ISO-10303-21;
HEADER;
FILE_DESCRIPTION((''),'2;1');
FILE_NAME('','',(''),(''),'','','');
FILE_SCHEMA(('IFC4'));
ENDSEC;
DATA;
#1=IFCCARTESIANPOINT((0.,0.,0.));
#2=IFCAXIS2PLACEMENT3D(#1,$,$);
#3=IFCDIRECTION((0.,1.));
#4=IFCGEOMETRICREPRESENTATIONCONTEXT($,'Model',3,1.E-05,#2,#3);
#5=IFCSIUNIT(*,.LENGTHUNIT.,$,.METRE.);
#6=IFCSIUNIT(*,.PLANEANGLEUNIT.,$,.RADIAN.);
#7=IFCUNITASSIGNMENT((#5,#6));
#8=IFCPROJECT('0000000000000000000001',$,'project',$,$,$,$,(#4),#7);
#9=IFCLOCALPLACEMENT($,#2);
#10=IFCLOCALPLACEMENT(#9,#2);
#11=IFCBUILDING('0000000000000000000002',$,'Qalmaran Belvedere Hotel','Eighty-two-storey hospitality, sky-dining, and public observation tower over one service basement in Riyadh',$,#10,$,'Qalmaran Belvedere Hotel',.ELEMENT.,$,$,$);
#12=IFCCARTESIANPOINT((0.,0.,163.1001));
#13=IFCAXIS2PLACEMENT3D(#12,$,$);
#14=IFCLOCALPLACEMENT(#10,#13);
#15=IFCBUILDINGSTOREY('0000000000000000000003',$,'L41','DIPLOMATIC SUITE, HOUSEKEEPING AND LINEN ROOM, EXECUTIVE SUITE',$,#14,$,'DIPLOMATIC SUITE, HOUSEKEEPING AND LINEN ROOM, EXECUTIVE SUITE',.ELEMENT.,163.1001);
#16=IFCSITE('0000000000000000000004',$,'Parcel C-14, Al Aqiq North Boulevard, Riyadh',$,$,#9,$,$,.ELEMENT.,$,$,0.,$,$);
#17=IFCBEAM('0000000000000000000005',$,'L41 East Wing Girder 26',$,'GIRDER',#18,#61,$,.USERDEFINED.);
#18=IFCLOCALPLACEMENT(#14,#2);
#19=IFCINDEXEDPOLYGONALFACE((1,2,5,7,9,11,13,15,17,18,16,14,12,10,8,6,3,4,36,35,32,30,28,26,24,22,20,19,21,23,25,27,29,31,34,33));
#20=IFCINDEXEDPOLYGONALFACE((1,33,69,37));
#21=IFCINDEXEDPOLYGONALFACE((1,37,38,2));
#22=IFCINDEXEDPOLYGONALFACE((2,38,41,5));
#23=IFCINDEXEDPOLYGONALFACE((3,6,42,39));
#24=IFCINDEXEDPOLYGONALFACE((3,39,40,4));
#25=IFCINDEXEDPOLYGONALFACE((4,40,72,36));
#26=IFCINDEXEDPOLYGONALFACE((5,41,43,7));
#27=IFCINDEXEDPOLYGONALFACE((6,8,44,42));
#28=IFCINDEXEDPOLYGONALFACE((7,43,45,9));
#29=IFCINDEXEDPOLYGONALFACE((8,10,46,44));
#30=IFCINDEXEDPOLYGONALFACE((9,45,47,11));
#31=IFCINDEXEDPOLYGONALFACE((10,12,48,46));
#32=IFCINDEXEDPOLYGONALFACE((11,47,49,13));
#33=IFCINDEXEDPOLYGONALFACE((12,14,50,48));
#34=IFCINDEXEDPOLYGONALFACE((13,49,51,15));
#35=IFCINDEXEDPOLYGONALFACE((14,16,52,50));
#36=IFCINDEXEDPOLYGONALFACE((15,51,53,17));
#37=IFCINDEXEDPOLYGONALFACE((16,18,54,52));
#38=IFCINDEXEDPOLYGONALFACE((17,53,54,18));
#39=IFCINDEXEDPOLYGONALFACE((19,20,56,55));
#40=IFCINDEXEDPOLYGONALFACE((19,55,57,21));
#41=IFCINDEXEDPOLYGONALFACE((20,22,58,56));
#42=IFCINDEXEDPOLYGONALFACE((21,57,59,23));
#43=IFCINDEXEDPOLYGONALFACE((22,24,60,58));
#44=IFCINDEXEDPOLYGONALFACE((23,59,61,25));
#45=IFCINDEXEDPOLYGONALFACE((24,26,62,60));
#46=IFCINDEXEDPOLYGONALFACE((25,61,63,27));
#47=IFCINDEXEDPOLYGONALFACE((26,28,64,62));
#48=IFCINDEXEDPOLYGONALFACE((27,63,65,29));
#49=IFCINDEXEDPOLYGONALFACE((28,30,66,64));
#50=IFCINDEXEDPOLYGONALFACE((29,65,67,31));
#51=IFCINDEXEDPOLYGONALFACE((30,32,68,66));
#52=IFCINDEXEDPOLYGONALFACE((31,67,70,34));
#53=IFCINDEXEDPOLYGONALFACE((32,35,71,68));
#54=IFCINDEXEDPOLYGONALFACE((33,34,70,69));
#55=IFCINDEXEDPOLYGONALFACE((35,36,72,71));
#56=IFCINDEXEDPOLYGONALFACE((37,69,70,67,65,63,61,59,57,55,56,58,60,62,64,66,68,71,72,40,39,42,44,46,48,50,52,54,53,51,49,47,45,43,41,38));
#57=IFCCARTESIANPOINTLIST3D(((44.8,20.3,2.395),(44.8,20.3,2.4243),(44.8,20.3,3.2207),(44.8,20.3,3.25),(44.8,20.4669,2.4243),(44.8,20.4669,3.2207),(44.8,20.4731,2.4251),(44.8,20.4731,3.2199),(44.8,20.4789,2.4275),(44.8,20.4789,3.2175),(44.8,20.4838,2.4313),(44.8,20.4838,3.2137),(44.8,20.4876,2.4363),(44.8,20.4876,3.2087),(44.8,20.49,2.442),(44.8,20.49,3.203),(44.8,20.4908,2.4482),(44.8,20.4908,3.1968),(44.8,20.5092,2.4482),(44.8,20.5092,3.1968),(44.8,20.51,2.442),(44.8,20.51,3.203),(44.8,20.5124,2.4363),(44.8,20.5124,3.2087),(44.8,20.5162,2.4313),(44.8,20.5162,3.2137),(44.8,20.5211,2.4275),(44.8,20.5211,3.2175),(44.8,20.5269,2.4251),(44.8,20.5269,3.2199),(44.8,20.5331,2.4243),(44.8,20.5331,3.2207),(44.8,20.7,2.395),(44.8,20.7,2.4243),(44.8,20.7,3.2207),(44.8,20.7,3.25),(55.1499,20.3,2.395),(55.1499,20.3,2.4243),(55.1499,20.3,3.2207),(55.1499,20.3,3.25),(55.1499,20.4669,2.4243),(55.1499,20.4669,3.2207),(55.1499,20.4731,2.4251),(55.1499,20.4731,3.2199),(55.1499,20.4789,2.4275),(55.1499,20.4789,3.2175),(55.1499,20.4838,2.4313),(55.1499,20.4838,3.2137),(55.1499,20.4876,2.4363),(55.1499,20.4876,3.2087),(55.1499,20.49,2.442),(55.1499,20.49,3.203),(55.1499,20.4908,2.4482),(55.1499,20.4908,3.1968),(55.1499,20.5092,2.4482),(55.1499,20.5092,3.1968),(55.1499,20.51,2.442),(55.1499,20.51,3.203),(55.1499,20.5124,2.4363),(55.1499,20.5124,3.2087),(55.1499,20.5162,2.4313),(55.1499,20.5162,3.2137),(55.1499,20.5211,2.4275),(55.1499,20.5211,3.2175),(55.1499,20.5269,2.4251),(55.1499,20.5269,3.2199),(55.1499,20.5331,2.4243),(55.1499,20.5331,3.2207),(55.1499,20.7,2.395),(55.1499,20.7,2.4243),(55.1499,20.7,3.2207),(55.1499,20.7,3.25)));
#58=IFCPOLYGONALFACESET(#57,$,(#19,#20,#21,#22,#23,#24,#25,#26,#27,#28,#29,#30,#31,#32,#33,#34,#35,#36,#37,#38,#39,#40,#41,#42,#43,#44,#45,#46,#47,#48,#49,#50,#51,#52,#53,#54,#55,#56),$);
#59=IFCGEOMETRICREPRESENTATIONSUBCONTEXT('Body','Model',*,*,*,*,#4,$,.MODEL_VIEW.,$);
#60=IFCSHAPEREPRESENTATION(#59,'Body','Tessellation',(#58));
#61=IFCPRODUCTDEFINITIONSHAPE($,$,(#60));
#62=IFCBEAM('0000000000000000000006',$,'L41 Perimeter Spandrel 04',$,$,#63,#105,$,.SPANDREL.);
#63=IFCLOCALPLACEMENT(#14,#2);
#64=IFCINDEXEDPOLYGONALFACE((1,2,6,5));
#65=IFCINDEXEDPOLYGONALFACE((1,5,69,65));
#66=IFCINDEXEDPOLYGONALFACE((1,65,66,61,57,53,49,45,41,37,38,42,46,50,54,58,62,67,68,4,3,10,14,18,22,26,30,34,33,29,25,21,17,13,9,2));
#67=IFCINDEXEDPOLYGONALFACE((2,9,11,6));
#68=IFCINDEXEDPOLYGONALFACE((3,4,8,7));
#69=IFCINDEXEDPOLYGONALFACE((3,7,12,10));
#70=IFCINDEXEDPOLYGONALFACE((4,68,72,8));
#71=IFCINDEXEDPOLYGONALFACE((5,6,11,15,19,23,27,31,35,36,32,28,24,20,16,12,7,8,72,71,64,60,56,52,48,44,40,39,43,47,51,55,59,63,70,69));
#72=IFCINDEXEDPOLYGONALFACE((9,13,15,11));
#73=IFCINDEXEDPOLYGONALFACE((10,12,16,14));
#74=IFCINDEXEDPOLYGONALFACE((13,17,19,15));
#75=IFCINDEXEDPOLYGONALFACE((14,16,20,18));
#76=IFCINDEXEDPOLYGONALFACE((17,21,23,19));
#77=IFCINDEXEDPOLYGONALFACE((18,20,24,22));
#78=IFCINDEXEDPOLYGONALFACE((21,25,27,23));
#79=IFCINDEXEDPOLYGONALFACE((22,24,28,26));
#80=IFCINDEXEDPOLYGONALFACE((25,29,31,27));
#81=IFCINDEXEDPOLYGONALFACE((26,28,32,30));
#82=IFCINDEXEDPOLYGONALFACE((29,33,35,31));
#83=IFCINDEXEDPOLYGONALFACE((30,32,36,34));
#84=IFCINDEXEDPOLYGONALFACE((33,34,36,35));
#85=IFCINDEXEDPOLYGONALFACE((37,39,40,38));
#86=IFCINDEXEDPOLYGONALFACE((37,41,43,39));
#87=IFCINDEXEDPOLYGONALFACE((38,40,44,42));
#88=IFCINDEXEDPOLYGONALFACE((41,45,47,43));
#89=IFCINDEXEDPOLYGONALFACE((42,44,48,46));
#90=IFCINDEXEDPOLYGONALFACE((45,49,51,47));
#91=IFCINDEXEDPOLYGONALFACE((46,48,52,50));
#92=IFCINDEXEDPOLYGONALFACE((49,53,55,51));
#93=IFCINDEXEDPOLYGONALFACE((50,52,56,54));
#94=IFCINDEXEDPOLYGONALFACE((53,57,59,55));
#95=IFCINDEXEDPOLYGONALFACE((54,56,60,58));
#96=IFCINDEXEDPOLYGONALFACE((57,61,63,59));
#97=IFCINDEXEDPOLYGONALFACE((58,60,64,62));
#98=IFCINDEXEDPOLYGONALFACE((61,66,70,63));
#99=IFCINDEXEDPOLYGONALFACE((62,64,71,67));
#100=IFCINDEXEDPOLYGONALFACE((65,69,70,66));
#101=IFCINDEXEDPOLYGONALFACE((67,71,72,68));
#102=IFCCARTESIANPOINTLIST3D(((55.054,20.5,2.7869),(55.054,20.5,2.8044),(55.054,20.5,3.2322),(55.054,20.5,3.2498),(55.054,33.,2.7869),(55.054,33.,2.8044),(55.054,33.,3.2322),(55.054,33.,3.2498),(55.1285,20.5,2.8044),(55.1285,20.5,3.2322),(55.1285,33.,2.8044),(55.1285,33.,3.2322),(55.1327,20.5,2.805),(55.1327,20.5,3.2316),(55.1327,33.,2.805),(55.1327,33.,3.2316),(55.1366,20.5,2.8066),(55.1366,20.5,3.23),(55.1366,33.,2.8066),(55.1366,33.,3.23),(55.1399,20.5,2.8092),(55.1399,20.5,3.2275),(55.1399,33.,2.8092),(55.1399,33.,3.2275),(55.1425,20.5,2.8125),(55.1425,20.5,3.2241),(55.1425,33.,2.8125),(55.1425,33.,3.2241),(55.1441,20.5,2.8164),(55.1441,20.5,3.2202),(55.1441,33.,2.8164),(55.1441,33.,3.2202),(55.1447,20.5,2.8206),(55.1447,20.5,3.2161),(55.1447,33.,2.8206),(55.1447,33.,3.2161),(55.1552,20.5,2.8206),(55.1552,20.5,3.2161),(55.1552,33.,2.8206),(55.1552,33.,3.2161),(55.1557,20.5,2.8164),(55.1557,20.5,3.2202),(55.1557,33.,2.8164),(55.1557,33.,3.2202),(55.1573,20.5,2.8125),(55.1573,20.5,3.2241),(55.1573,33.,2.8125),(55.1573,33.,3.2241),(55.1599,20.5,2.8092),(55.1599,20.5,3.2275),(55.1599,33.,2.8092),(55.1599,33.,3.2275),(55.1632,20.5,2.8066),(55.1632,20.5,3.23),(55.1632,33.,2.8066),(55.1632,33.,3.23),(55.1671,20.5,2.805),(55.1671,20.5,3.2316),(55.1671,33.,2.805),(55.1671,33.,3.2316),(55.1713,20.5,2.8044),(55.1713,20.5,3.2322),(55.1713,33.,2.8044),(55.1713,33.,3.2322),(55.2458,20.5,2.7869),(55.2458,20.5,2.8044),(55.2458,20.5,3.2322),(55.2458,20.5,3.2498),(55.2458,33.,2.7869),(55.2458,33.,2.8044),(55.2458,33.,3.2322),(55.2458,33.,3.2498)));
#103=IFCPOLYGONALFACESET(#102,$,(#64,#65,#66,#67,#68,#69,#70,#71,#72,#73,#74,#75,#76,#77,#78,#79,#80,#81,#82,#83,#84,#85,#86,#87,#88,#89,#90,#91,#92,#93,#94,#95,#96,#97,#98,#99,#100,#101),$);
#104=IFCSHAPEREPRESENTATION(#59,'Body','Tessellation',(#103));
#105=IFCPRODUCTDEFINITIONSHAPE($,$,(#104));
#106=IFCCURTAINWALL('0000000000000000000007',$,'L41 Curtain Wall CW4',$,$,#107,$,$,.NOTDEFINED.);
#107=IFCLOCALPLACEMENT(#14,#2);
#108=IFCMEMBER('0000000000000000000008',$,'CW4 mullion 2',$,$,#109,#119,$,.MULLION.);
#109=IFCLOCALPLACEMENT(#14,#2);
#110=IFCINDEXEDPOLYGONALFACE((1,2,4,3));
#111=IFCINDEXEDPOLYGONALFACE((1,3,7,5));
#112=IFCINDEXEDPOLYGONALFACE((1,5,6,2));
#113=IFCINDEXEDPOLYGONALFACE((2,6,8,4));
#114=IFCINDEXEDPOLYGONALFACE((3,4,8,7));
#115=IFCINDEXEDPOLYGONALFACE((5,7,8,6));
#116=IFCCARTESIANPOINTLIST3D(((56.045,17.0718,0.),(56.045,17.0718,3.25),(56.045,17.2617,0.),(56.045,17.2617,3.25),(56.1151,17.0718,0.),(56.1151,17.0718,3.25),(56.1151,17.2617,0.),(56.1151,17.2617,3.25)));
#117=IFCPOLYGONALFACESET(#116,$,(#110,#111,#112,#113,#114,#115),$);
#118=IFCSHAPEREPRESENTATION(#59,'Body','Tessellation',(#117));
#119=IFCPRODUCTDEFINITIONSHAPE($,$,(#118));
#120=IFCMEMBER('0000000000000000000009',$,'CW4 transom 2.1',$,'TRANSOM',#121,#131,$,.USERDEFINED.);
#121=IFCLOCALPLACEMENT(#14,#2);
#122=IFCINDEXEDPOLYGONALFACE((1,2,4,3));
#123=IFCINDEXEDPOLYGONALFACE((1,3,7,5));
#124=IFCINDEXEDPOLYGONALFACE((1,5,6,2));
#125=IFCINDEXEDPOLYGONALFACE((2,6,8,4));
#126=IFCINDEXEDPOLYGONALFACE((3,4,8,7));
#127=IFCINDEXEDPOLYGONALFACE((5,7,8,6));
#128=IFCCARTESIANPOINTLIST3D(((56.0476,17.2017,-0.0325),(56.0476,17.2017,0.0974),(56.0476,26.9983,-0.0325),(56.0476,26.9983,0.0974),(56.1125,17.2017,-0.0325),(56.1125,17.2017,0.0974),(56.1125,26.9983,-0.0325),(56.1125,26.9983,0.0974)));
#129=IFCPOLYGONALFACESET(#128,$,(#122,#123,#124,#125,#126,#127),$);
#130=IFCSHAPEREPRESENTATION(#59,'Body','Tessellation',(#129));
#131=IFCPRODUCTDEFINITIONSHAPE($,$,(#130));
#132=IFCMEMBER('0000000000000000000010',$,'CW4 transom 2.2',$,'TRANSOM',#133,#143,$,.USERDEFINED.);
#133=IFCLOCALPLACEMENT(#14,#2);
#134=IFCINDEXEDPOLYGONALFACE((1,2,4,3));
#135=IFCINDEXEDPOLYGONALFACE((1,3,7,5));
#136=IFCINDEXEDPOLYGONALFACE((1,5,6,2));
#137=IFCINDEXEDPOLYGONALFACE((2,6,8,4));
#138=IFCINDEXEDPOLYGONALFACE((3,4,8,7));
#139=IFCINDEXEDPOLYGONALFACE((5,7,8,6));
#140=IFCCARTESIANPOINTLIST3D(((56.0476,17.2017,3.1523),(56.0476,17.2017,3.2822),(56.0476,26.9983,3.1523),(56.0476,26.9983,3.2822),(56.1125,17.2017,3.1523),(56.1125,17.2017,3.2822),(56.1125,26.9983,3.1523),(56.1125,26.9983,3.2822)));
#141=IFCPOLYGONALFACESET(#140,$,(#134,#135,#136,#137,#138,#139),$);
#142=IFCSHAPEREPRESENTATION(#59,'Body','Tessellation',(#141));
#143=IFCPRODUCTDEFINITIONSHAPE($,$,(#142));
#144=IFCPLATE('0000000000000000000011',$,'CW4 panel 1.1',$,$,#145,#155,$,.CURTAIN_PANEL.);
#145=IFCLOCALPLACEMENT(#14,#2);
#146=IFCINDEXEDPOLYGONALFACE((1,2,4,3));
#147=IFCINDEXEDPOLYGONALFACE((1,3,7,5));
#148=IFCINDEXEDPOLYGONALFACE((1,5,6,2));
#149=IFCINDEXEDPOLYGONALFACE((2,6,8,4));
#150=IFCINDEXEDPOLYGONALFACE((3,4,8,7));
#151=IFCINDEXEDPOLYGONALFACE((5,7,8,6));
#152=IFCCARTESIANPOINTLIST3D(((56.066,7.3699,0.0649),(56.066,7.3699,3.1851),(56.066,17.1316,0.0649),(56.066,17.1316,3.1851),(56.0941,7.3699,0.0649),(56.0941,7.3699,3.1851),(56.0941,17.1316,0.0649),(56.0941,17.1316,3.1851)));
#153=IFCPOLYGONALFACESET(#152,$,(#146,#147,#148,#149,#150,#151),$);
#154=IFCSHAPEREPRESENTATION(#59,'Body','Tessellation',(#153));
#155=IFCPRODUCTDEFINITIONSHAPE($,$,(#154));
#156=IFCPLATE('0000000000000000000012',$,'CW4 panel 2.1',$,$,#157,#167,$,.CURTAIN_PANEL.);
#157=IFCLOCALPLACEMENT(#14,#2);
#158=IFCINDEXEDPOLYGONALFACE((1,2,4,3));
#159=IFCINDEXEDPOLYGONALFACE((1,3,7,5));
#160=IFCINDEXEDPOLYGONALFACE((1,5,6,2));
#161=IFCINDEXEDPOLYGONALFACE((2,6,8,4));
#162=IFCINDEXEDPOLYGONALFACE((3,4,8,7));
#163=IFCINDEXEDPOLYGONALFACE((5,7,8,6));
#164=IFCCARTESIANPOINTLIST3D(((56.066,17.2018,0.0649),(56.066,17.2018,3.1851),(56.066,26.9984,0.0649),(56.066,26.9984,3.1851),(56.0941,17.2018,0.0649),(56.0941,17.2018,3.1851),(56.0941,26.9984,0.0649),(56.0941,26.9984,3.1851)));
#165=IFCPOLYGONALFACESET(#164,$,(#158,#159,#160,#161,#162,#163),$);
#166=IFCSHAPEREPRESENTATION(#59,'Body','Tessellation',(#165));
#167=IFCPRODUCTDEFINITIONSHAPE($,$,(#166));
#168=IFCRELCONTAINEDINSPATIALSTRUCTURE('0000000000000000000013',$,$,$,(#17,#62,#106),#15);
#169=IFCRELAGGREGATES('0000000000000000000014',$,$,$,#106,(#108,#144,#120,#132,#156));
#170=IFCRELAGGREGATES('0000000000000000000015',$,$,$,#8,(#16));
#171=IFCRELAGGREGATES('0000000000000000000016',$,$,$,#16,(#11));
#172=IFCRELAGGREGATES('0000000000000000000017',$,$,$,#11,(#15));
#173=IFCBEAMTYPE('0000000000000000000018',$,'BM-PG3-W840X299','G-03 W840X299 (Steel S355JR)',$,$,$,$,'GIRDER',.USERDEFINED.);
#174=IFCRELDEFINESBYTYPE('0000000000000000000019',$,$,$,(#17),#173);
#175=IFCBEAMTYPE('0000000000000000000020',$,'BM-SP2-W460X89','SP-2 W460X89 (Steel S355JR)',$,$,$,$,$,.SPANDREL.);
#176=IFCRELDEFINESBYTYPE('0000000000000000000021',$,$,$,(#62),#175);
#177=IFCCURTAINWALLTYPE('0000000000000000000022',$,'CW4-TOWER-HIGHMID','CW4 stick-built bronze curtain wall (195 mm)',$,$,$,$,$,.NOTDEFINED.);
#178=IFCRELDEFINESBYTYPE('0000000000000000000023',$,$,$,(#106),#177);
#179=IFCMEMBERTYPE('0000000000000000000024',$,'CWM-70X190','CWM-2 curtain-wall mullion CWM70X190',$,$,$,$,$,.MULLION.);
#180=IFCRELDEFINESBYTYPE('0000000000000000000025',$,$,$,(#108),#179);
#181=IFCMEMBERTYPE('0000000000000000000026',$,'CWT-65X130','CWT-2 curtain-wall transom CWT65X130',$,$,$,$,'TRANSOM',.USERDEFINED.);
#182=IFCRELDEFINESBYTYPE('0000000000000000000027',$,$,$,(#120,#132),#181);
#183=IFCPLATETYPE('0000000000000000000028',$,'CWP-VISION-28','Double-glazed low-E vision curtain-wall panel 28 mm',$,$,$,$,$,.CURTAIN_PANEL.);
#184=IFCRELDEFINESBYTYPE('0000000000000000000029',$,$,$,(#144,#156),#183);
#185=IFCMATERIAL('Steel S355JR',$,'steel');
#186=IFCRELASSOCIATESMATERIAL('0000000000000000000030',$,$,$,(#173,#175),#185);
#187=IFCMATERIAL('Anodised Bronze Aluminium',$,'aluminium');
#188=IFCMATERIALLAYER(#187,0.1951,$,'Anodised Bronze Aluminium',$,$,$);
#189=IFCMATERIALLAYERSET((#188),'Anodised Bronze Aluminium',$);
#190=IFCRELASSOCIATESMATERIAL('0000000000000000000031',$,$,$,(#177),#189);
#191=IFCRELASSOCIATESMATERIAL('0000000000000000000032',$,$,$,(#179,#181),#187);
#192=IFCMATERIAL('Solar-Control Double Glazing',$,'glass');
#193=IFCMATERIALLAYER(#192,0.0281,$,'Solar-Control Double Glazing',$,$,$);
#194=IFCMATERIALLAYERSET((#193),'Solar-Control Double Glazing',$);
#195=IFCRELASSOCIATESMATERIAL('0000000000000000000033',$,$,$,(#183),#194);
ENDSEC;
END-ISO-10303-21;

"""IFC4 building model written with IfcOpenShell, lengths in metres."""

from ifc_helpers import new_model, si_unit, direction, frame, origin, origin_2d, place, context, subcontext, project, spatial, rectangle, i_section, extrude, material, layer, layer_set, material_profile, profile_set, type_object, element, aggregate, save


model = new_model("IFC4")

# Units and contexts
model_context = context("Model", 3, precision=1e-05, world=origin(), true_north=direction((0.0, 1.0)))
body_context = subcontext(model_context, "Body", "Model", "MODEL_VIEW")
ifc_project = project(units=[si_unit("LENGTHUNIT", "METRE"), si_unit("PLANEANGLEUNIT", "RADIAN")], contexts=[model_context])

# Site, building, storey
site_placement = place(None, origin())
site = spatial("IfcSite", under=ifc_project, at=site_placement, Name="Parcel C-14, Al Aqiq North Boulevard, Riyadh", CompositionType="ELEMENT", RefElevation=0.0)
building_placement = place(site_placement, origin())
building = spatial("IfcBuilding", under=site, at=building_placement, Name="Qalmaran Belvedere Hotel", Description="Eighty-two-storey hospitality, sky-dining, and public observation tower over one service basement in Riyadh", LongName="Qalmaran Belvedere Hotel", CompositionType="ELEMENT")
storey_placement = place(building_placement, frame((0.0, 0.0, 163.1001)))
storey = spatial("IfcBuildingStorey", under=building, at=storey_placement, Name="L41", Description="DIPLOMATIC SUITE, HOUSEKEEPING AND LINEN ROOM, EXECUTIVE SUITE", LongName="DIPLOMATIC SUITE, HOUSEKEEPING AND LINEN ROOM, EXECUTIVE SUITE", CompositionType="ELEMENT", Elevation=163.1001)

# Beams
ifc_material_1 = material(Name="Steel S355JR", Category="steel")
ifc_material_profile_1 = material_profile(ifc_material_1, i_section(OverallWidth=0.3999, OverallDepth=0.855, WebThickness=0.0183, FlangeThickness=0.0293, FilletRadius=0.0239, at=origin_2d()), Name="W840X299")
ifc_profile_set_1 = profile_set([ifc_material_profile_1], Name="Steel S355JR")
beam_type_1 = type_object("IfcBeamType", Name="BM-PG3-W840X299", Description="G-03 W840X299 (Steel S355JR)", ElementType="GIRDER", PredefinedType="USERDEFINED", material=ifc_profile_set_1)
beam_1_placement = place(storey_placement, frame((44.8, 20.5, 2.8225), z_axis=(1.0, 0.0, 0.0), x_axis=(0.0, 1.0, 0.0)))
element("IfcBeam", 1, at=beam_1_placement, inside=storey, type_object=beam_type_1, Name="L41 East Wing Girder 26", ObjectType="GIRDER", PredefinedType="USERDEFINED", context=body_context, shape_type="SweptSolid", body=[
    extrude(i_section(OverallWidth=0.3999, OverallDepth=0.855, WebThickness=0.0183, FlangeThickness=0.0293, FilletRadius=0.0239, at=origin_2d()), origin(), (0.0, 0.0, 1.0), 10.3499),
])
ifc_material_profile_2 = material_profile(ifc_material_1, i_section(OverallWidth=0.1919, OverallDepth=0.4629, WebThickness=0.0105, FlangeThickness=0.0176, FilletRadius=0.0161, at=origin_2d()), Name="W460X89")
ifc_profile_set_2 = profile_set([ifc_material_profile_2], Name="Steel S355JR")
beam_type_2 = type_object("IfcBeamType", Name="BM-SP2-W460X89", Description="SP-2 W460X89 (Steel S355JR)", PredefinedType="SPANDREL", material=ifc_profile_set_2)
beam_2_placement = place(storey_placement, frame((55.1499, 20.5, 3.0183), z_axis=(0.0, 1.0, 0.0), x_axis=(-1.0, 0.0, 0.0)))
element("IfcBeam", 2, at=beam_2_placement, inside=storey, type_object=beam_type_2, Name="L41 Perimeter Spandrel 04", PredefinedType="SPANDREL", context=body_context, shape_type="SweptSolid", body=[
    extrude(i_section(OverallWidth=0.1919, OverallDepth=0.4629, WebThickness=0.0105, FlangeThickness=0.0176, FilletRadius=0.0161, at=origin_2d()), origin(), (0.0, 0.0, 1.0), 12.5),
])

# Curtain wall, members, plates
ifc_material_2 = material(Name="Anodised Bronze Aluminium", Category="aluminium")
ifc_layer_1 = layer(ifc_material_2, 0.1951, Name="Anodised Bronze Aluminium")
ifc_layer_set_1 = layer_set([ifc_layer_1], Name="Anodised Bronze Aluminium")
curtain_wall_type = type_object("IfcCurtainWallType", Name="CW4-TOWER-HIGHMID", Description="CW4 stick-built bronze curtain wall (195 mm)", PredefinedType="NOTDEFINED", material=ifc_layer_set_1)
curtain_wall_placement = place(storey_placement, origin())
curtain_wall = element("IfcCurtainWall", 3, at=curtain_wall_placement, inside=storey, type_object=curtain_wall_type, Name="L41 Curtain Wall CW4", PredefinedType="NOTDEFINED")
ifc_material_profile_3 = material_profile(ifc_material_2, rectangle(XDim=0.0701, YDim=0.1899, at=origin_2d()), Name="CWM70X190")
ifc_profile_set_3 = profile_set([ifc_material_profile_3], Name="Anodised Bronze Aluminium")
member_type_1 = type_object("IfcMemberType", Name="CWM-70X190", Description="CWM-2 curtain-wall mullion CWM70X190", PredefinedType="MULLION", material=ifc_profile_set_3)
member_1_placement = place(storey_placement, frame((56.0801, 17.1667, 0.0), z_axis=(0.0, 0.0, 1.0), x_axis=(-1.0, 0.0, 0.0)))
member_1 = element("IfcMember", 4, at=member_1_placement, type_object=member_type_1, Name="CW4 mullion 2", PredefinedType="MULLION", context=body_context, shape_type="SweptSolid", body=[
    extrude(rectangle(XDim=0.0701, YDim=0.1899, at=origin_2d()), origin(), (0.0, 0.0, 1.0), 3.25),
])
ifc_material_profile_4 = material_profile(ifc_material_2, rectangle(XDim=0.0649, YDim=0.1299, at=origin_2d()), Name="CWT65X130")
ifc_profile_set_4 = profile_set([ifc_material_profile_4], Name="Anodised Bronze Aluminium")
member_type_2 = type_object("IfcMemberType", Name="CWT-65X130", Description="CWT-2 curtain-wall transom CWT65X130", ElementType="TRANSOM", PredefinedType="USERDEFINED", material=ifc_profile_set_4)
member_2_placement = place(storey_placement, frame((56.0801, 17.2017, 0.0325), z_axis=(0.0, 1.0, 0.0), x_axis=(-1.0, 0.0, 0.0)))
member_2 = element("IfcMember", 5, at=member_2_placement, type_object=member_type_2, Name="CW4 transom 2.1", ObjectType="TRANSOM", PredefinedType="USERDEFINED", context=body_context, shape_type="SweptSolid", body=[
    extrude(rectangle(XDim=0.0649, YDim=0.1299, at=origin_2d()), origin(), (0.0, 0.0, 1.0), 9.7966),
])
member_3_placement = place(storey_placement, frame((56.0801, 17.2017, 3.2173), z_axis=(0.0, 1.0, 0.0), x_axis=(-1.0, 0.0, 0.0)))
member_3 = element("IfcMember", 6, at=member_3_placement, type_object=member_type_2, Name="CW4 transom 2.2", ObjectType="TRANSOM", PredefinedType="USERDEFINED", context=body_context, shape_type="SweptSolid", body=[
    extrude(rectangle(XDim=0.0649, YDim=0.1299, at=origin_2d()), origin(), (0.0, 0.0, 1.0), 9.7966),
])
ifc_material_3 = material(Name="Solar-Control Double Glazing", Category="glass")
ifc_layer_2 = layer(ifc_material_3, 0.0281, Name="Solar-Control Double Glazing")
ifc_layer_set_2 = layer_set([ifc_layer_2], Name="Solar-Control Double Glazing")
plate_type = type_object("IfcPlateType", Name="CWP-VISION-28", Description="Double-glazed low-E vision curtain-wall panel 28 mm", PredefinedType="CURTAIN_PANEL", material=ifc_layer_set_2)
plate_1_placement = place(storey_placement, frame((56.0801, 12.2507, 0.0649), z_axis=(0.0, 0.0, 1.0), x_axis=(0.0, 1.0, 0.0)))
plate_1 = element("IfcPlate", 7, at=plate_1_placement, type_object=plate_type, Name="CW4 panel 1.1", PredefinedType="CURTAIN_PANEL", context=body_context, shape_type="SweptSolid", body=[
    extrude(rectangle(XDim=9.7617, YDim=0.0281, at=origin_2d()), origin(), (0.0, 0.0, 1.0), 3.1201),
])
plate_2_placement = place(storey_placement, frame((56.0801, 22.1001, 0.0649), z_axis=(0.0, 0.0, 1.0), x_axis=(0.0, 1.0, 0.0)))
plate_2 = element("IfcPlate", 8, at=plate_2_placement, type_object=plate_type, Name="CW4 panel 2.1", PredefinedType="CURTAIN_PANEL", context=body_context, shape_type="SweptSolid", body=[
    extrude(rectangle(XDim=9.7966, YDim=0.0281, at=origin_2d()), origin(), (0.0, 0.0, 1.0), 3.1201),
])
aggregate(curtain_wall, [member_1, plate_1, member_2, member_3, plate_2])

save(model, "model.ifc")
